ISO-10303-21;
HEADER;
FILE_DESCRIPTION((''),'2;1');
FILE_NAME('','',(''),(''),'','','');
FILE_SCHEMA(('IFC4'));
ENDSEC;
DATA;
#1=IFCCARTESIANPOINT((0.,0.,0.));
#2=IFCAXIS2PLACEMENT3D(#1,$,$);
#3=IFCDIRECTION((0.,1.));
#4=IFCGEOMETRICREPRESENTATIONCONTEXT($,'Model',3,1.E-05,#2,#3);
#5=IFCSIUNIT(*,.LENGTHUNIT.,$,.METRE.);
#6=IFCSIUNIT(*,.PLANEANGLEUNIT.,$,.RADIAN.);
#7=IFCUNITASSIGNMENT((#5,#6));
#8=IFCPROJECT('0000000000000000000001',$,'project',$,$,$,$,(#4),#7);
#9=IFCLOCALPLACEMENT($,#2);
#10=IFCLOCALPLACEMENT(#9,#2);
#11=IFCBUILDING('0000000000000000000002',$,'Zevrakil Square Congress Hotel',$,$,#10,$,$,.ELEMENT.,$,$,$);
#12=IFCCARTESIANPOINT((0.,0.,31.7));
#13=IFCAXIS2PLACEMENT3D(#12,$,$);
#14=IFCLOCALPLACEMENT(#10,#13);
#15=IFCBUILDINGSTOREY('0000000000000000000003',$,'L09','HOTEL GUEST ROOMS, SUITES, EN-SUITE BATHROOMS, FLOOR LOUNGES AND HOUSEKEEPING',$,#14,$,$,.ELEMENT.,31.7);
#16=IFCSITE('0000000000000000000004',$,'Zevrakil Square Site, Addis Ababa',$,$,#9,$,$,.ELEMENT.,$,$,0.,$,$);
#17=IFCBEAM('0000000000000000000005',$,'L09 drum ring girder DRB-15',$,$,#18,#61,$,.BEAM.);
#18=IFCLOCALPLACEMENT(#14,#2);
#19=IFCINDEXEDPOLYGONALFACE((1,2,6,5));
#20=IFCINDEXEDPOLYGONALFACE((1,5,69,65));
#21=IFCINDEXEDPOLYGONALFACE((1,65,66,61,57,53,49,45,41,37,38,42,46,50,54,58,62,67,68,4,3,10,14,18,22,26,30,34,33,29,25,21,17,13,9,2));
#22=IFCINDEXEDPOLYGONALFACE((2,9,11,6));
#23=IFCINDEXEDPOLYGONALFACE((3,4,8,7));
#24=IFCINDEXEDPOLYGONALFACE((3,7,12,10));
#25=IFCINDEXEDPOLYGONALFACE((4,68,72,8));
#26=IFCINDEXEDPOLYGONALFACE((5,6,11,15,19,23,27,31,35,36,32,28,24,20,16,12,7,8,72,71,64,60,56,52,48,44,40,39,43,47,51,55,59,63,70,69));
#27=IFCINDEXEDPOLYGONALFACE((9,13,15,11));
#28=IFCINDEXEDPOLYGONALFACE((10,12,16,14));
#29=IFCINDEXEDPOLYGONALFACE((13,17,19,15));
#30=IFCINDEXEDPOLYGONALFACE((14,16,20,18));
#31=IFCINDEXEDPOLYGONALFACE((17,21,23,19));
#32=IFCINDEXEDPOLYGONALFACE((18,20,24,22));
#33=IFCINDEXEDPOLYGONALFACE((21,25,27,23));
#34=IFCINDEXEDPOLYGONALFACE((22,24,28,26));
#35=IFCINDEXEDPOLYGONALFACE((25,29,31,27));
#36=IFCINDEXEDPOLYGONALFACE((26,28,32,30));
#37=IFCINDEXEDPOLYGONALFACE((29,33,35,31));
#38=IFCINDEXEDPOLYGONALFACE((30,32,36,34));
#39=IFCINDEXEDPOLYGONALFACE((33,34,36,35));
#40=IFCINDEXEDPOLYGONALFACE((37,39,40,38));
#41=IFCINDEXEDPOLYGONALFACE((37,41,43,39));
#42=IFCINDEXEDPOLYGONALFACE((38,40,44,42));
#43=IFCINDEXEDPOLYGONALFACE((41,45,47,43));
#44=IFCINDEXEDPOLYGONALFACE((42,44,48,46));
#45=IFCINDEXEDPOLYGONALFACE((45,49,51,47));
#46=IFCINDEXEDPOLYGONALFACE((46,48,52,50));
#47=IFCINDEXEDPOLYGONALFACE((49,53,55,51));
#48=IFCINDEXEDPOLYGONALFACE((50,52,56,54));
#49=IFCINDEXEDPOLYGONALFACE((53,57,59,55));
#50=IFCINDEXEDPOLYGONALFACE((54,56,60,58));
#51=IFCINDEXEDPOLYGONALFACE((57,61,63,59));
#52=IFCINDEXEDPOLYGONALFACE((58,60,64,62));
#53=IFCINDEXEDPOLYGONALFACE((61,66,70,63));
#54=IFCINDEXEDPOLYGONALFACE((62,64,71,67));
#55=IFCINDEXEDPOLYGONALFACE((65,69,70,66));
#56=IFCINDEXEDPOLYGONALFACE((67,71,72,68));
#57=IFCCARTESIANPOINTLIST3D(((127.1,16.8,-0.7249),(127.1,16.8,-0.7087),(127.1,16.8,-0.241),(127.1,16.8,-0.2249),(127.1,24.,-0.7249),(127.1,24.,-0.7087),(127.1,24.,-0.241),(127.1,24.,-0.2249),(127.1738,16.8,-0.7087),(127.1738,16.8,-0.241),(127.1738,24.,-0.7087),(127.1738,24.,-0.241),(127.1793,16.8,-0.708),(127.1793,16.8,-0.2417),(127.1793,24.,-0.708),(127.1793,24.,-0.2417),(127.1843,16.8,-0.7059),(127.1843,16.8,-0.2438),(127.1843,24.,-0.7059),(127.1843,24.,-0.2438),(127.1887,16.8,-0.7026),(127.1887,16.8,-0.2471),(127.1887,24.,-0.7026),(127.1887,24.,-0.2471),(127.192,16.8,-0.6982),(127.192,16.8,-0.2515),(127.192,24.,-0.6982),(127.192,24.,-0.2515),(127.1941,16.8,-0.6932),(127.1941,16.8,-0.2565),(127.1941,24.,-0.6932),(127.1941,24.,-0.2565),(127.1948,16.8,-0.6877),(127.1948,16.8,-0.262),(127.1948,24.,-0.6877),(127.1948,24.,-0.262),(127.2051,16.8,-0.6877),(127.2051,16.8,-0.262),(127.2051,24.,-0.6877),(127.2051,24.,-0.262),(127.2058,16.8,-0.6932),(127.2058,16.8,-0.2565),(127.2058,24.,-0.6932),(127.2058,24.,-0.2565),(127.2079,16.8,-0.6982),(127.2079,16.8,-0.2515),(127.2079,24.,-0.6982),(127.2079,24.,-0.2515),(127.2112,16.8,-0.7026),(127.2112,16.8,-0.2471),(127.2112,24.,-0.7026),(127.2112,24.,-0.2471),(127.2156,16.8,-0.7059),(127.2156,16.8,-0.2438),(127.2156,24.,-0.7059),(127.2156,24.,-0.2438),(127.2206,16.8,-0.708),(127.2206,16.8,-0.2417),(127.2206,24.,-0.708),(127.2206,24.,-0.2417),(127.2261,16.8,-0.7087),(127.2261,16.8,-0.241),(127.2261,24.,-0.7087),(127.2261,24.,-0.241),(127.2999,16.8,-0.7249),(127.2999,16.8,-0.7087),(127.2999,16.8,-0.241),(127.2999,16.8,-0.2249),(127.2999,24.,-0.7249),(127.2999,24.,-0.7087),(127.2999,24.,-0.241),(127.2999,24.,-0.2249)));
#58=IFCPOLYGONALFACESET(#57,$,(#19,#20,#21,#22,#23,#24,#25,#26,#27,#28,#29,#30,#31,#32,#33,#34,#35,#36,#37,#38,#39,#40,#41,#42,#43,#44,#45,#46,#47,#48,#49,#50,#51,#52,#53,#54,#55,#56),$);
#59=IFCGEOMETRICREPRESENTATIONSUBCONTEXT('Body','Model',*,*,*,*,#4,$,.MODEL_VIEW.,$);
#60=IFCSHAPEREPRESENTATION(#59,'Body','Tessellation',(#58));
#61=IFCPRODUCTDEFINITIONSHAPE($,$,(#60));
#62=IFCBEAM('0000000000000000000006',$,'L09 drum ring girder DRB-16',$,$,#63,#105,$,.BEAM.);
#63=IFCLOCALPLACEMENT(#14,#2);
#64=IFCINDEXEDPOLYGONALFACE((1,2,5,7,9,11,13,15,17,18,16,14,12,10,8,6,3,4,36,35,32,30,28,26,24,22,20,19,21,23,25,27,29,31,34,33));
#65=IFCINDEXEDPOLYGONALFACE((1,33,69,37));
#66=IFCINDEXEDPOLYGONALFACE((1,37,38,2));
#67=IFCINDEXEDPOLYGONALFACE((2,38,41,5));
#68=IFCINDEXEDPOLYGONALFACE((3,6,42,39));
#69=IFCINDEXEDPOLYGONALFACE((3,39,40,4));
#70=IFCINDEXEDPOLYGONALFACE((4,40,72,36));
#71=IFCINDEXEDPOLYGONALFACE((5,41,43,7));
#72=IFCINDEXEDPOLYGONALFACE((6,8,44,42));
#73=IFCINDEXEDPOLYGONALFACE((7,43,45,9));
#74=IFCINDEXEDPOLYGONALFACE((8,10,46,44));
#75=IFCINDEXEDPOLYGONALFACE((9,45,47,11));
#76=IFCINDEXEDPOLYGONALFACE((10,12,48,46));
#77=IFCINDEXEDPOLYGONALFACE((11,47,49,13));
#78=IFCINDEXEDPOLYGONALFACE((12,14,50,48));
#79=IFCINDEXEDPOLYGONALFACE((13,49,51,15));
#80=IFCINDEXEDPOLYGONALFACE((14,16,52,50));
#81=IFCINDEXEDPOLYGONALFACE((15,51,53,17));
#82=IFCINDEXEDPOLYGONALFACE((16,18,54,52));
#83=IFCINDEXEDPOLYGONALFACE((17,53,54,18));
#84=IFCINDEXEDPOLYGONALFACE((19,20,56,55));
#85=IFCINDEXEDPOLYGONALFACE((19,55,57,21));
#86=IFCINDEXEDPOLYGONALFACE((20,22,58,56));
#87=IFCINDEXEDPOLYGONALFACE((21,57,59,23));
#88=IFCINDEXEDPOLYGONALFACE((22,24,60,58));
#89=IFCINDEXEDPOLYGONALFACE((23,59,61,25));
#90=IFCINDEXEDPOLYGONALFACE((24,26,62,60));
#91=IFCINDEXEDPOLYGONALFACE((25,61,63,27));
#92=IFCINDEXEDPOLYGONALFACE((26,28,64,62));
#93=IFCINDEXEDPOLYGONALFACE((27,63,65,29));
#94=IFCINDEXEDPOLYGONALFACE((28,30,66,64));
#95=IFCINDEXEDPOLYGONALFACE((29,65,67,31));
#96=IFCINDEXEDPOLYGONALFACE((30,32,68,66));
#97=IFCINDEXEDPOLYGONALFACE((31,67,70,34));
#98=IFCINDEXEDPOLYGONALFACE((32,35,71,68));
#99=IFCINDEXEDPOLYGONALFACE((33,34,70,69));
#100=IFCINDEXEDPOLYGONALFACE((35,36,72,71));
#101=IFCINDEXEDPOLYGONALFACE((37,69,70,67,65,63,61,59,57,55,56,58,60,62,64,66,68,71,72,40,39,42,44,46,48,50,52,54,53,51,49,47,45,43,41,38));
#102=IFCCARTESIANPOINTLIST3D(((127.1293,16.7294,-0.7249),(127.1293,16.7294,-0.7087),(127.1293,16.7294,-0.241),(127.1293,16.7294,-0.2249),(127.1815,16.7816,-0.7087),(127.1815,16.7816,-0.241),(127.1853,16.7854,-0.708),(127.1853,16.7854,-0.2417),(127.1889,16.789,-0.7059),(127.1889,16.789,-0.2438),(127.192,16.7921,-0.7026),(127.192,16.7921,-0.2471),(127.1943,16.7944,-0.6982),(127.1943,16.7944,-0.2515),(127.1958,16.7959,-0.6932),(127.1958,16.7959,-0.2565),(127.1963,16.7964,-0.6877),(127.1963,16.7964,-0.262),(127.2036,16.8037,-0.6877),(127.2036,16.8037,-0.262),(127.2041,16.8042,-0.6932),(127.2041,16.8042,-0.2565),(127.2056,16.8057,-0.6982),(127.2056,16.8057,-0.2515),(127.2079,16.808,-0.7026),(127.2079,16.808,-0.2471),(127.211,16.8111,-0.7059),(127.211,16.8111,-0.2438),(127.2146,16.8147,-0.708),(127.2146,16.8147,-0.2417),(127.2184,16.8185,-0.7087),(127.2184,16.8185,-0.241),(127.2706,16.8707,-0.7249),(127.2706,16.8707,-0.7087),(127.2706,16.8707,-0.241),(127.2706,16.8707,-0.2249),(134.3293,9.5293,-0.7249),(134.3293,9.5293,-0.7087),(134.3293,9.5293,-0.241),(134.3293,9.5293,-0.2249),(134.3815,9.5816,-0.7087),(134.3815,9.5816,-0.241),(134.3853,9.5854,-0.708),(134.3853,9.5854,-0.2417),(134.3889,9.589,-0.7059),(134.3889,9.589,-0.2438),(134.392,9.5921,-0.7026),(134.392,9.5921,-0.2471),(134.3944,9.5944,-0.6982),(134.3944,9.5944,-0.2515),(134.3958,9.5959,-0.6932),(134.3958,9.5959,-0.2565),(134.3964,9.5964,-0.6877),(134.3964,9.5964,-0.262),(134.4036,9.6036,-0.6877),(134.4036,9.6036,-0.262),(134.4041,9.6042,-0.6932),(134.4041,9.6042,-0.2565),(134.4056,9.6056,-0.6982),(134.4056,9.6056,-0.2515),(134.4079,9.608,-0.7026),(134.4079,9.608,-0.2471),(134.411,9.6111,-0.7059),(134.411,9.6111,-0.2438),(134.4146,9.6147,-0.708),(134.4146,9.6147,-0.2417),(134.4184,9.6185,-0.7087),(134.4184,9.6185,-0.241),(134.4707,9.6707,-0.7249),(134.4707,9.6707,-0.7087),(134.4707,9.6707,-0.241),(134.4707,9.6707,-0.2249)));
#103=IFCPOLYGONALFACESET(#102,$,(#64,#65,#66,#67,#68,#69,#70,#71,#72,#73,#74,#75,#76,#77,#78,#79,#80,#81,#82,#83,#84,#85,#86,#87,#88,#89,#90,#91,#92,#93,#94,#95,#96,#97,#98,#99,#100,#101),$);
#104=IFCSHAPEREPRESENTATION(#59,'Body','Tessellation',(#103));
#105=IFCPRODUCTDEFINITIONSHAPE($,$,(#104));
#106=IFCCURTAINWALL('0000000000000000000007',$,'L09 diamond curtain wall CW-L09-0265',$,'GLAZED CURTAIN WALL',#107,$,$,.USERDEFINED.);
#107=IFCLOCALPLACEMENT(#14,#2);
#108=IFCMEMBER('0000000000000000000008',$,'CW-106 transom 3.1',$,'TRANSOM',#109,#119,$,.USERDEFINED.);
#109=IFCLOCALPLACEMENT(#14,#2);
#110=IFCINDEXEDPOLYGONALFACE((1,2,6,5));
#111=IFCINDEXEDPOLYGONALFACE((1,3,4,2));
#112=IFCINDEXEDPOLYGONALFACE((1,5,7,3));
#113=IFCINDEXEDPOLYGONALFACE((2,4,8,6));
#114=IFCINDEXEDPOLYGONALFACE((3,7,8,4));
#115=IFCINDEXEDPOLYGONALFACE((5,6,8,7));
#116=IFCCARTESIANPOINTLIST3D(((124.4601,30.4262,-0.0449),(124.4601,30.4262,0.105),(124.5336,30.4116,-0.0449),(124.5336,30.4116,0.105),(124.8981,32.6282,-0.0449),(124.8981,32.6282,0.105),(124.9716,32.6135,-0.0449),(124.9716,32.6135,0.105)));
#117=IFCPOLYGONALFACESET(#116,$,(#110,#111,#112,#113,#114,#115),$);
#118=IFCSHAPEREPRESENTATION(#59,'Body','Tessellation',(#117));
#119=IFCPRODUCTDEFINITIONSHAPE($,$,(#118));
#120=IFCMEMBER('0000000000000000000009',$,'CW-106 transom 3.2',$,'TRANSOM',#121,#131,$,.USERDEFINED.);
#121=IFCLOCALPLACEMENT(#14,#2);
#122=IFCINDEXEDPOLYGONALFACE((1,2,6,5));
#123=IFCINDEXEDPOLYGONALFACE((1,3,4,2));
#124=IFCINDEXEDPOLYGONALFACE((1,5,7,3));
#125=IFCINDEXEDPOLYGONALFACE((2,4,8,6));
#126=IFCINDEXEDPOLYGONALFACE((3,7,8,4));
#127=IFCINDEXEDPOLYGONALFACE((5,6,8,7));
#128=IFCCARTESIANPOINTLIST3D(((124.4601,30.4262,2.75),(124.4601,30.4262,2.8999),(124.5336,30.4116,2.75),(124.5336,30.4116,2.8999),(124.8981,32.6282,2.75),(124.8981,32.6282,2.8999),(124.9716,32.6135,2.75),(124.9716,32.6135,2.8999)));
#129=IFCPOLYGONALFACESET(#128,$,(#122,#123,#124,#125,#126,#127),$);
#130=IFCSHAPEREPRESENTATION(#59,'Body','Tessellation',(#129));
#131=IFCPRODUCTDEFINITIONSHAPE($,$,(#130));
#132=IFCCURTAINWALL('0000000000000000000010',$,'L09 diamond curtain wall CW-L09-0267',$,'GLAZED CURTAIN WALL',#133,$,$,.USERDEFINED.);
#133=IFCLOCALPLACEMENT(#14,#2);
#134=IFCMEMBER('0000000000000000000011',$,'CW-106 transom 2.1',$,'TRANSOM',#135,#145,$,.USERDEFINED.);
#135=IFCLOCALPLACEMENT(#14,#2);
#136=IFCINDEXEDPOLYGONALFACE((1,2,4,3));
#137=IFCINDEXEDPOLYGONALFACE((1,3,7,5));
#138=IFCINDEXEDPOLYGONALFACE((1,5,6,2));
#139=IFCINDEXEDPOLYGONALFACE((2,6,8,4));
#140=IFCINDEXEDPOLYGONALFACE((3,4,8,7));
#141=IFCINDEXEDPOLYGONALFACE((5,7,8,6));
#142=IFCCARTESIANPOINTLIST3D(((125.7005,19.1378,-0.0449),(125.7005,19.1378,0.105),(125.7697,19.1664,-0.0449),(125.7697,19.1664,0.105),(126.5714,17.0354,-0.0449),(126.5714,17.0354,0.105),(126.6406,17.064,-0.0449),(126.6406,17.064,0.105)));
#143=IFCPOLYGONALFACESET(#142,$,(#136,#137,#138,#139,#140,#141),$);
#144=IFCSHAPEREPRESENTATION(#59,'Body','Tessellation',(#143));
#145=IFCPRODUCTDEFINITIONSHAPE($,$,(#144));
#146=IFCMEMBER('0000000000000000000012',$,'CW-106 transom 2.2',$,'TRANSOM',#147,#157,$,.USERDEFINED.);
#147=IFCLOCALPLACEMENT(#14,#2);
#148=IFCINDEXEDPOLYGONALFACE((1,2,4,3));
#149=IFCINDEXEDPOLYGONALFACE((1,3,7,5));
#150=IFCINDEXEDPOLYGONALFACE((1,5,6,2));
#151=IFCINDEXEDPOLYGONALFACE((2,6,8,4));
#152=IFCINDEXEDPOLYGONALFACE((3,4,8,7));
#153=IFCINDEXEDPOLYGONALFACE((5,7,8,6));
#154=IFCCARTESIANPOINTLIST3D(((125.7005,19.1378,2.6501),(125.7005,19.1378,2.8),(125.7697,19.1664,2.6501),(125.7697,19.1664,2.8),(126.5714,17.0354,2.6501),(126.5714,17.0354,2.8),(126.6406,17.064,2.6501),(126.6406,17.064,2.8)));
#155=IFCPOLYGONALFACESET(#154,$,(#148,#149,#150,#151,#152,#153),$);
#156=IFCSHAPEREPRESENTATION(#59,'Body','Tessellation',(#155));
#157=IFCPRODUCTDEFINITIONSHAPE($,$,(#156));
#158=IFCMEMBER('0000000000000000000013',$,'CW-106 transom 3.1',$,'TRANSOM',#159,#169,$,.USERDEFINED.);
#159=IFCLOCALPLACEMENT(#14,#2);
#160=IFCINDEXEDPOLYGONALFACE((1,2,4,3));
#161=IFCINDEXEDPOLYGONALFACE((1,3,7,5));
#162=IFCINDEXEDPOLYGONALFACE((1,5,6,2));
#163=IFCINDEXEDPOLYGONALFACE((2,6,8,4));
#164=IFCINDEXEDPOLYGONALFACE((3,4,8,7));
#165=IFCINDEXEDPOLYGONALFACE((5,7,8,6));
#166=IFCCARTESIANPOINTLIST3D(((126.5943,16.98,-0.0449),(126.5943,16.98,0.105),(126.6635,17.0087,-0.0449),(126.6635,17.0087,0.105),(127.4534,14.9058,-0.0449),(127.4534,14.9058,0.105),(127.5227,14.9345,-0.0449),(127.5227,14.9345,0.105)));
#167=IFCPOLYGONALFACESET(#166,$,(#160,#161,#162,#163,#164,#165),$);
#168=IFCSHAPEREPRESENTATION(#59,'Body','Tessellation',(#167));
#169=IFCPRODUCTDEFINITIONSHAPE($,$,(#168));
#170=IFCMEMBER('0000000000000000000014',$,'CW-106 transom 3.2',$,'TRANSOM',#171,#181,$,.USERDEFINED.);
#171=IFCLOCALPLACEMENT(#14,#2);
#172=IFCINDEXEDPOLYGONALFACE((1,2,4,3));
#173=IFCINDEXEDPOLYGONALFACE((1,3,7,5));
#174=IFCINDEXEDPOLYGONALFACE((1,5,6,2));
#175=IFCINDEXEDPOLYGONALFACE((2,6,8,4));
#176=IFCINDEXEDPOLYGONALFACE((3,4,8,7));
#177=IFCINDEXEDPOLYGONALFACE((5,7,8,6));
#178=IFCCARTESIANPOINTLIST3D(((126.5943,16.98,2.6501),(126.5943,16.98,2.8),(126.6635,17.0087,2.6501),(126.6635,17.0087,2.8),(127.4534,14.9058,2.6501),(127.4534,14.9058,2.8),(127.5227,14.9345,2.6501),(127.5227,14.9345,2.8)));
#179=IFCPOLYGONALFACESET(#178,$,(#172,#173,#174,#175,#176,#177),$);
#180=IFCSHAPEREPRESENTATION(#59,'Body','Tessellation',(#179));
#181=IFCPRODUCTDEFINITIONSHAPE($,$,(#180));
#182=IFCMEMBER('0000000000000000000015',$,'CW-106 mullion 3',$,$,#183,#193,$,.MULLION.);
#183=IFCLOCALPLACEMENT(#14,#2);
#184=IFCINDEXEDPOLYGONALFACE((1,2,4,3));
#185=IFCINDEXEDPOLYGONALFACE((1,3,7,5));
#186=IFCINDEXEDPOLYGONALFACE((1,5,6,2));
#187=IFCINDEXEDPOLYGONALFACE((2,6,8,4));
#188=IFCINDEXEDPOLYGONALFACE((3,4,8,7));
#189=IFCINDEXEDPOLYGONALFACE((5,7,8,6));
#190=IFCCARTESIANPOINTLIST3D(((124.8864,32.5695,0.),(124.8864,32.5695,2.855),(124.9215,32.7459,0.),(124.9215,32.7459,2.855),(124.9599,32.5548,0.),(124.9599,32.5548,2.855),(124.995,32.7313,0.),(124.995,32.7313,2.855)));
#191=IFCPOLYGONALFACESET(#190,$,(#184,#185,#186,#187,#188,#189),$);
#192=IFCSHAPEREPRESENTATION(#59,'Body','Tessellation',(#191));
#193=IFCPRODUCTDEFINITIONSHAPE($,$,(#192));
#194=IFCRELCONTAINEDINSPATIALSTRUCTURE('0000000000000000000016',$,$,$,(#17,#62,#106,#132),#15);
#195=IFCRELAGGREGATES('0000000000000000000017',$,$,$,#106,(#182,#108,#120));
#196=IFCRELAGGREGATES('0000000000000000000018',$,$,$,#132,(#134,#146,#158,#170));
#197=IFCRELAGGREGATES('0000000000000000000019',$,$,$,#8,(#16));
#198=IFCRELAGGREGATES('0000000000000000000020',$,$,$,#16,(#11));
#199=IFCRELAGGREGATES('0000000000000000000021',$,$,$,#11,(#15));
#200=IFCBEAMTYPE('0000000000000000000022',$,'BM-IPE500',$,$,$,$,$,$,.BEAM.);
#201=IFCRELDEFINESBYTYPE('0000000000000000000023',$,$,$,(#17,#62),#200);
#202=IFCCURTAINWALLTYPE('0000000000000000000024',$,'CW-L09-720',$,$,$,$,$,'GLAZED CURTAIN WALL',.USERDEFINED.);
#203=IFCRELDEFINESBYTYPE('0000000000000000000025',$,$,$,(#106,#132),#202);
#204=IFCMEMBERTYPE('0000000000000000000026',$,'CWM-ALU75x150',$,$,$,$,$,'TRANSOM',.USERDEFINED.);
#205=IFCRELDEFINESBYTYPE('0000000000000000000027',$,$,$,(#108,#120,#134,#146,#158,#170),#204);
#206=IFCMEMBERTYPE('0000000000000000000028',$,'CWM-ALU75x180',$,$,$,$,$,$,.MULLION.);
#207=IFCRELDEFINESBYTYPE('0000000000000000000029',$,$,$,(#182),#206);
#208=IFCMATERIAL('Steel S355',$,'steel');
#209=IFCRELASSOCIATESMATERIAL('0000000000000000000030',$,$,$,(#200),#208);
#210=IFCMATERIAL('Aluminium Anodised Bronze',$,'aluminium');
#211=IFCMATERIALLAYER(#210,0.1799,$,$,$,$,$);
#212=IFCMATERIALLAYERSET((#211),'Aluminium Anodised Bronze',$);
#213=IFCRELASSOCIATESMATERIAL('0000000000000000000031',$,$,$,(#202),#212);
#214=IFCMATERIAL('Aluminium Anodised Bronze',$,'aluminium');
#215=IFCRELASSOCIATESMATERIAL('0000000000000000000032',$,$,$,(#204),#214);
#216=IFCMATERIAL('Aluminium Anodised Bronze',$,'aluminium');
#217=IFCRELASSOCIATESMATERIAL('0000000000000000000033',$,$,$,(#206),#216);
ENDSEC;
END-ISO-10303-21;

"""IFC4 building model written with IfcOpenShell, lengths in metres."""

from ifc_helpers import new_model, si_unit, direction, frame, origin, origin_2d, place, context, subcontext, project, spatial, rectangle, i_section, extrude, material, layer, layer_set, material_profile, profile_set, type_object, element, aggregate, save


model = new_model("IFC4")

# Units and contexts
model_context = context("Model", 3, precision=1e-05, world=origin(), true_north=direction((0.0, 1.0)))
body_context = subcontext(model_context, "Body", "Model", "MODEL_VIEW")
ifc_project = project(units=[si_unit("LENGTHUNIT", "METRE"), si_unit("PLANEANGLEUNIT", "RADIAN")], contexts=[model_context])

# Site, building, storey
site_placement = place(None, origin())
site = spatial("IfcSite", under=ifc_project, at=site_placement, Name="Zevrakil Square Site, Addis Ababa", CompositionType="ELEMENT", RefElevation=0.0)
building_placement = place(site_placement, origin())
building = spatial("IfcBuilding", under=site, at=building_placement, Name="Zevrakil Square Congress Hotel", CompositionType="ELEMENT")
storey_placement = place(building_placement, frame((0.0, 0.0, 31.7)))
storey = spatial("IfcBuildingStorey", under=building, at=storey_placement, Name="L09", Description="HOTEL GUEST ROOMS, SUITES, EN-SUITE BATHROOMS, FLOOR LOUNGES AND HOUSEKEEPING", CompositionType="ELEMENT", Elevation=31.7)

# Beams
ifc_material_1 = material(Name="Steel S355", Category="steel")
ifc_material_profile_1 = material_profile(ifc_material_1, i_section(OverallWidth=0.2, OverallDepth=0.5, WebThickness=0.0103, FlangeThickness=0.0161, FilletRadius=0.021, at=origin_2d()), Name="IPE 500")
ifc_profile_set_1 = profile_set([ifc_material_profile_1], Name="Steel S355")
beam_type = type_object("IfcBeamType", Name="BM-IPE500", PredefinedType="BEAM", material=ifc_profile_set_1)
for number, where, z_axis, x_axis, name in (
    (1, (127.2, 24.0, -0.4749), (0.0, -1.0, 0.0), (1.0, 0.0, 0.0), "L09 drum ring girder DRB-15"),
):
    element("IfcBeam", number, at=place(storey_placement, frame(where, z_axis=z_axis, x_axis=x_axis)), inside=storey, type_object=beam_type, Name=name, PredefinedType="BEAM", context=body_context, shape_type="SweptSolid", body=[
        extrude(i_section(OverallWidth=0.2, OverallDepth=0.5, WebThickness=0.0103, FlangeThickness=0.0161, FilletRadius=0.021, at=origin_2d()), origin(), (0.0, 0.0, 1.0), 7.2),
    ])
beam_placement = place(storey_placement, frame((127.2, 16.8, -0.4749), z_axis=(0.707107, -0.707107, 0.0), x_axis=(0.707107, 0.707107, 0.0)))
element("IfcBeam", 2, at=beam_placement, inside=storey, type_object=beam_type, Name="L09 drum ring girder DRB-16", PredefinedType="BEAM", context=body_context, shape_type="SweptSolid", body=[
    extrude(i_section(OverallWidth=0.2, OverallDepth=0.5, WebThickness=0.0103, FlangeThickness=0.0161, FilletRadius=0.021, at=origin_2d()), origin(), (0.0, 0.0, 1.0), 10.1824),
])

# Curtain walls, members
ifc_material_2 = material(Name="Aluminium Anodised Bronze", Category="aluminium")
ifc_layer_1 = layer(ifc_material_2, 0.1799)
ifc_layer_set_1 = layer_set([ifc_layer_1], Name="Aluminium Anodised Bronze")
curtain_wall_type = type_object("IfcCurtainWallType", Name="CW-L09-720", ElementType="GLAZED CURTAIN WALL", PredefinedType="USERDEFINED", material=ifc_layer_set_1)
curtain_wall_1_placement = place(storey_placement, origin())
curtain_wall_1 = element("IfcCurtainWall", 3, at=curtain_wall_1_placement, inside=storey, type_object=curtain_wall_type, Name="L09 diamond curtain wall CW-L09-0265", ObjectType="GLAZED CURTAIN WALL", PredefinedType="USERDEFINED")
ifc_material_3 = material(Name="Aluminium Anodised Bronze", Category="aluminium")
ifc_material_profile_2 = material_profile(ifc_material_3, rectangle(XDim=0.075, YDim=0.1499, at=origin_2d()), Name="ALU 75x150")
ifc_profile_set_2 = profile_set([ifc_material_profile_2], Name="Aluminium Anodised Bronze")
member_type_1 = type_object("IfcMemberType", Name="CWM-ALU75x150", ElementType="TRANSOM", PredefinedType="USERDEFINED", material=ifc_profile_set_2)
member_1_placement = place(storey_placement, frame((124.9348, 32.6208, 0.03), z_axis=(-0.195091, -0.980785, 0.0), x_axis=(0.980785, -0.195091, 0.0)))
member_1 = element("IfcMember", 4, at=member_1_placement, type_object=member_type_1, Name="CW-106 transom 3.1", ObjectType="TRANSOM", PredefinedType="USERDEFINED", context=body_context, shape_type="SweptSolid", body=[
    extrude(rectangle(XDim=0.075, YDim=0.1499, at=origin_2d()), origin(), (0.0, 0.0, 1.0), 2.2451),
])
member_2_placement = place(storey_placement, frame((124.9348, 32.6208, 2.825), z_axis=(-0.195091, -0.980785, 0.0), x_axis=(0.980785, -0.195091, 0.0)))
member_2 = element("IfcMember", 5, at=member_2_placement, type_object=member_type_1, Name="CW-106 transom 3.2", ObjectType="TRANSOM", PredefinedType="USERDEFINED", context=body_context, shape_type="SweptSolid", body=[
    extrude(rectangle(XDim=0.075, YDim=0.1499, at=origin_2d()), origin(), (0.0, 0.0, 1.0), 2.2451),
])
curtain_wall_2_placement = place(storey_placement, origin())
curtain_wall_2 = element("IfcCurtainWall", 6, at=curtain_wall_2_placement, inside=storey, type_object=curtain_wall_type, Name="L09 diamond curtain wall CW-L09-0267", ObjectType="GLAZED CURTAIN WALL", PredefinedType="USERDEFINED")
member_3_placement = place(storey_placement, frame((125.7351, 19.1521, 0.03), z_axis=(0.382702, -0.923872, 0.0), x_axis=(0.923872, 0.382702, 0.0)))
member_3 = element("IfcMember", 7, at=member_3_placement, type_object=member_type_1, Name="CW-106 transom 2.1", ObjectType="TRANSOM", PredefinedType="USERDEFINED", context=body_context, shape_type="SweptSolid", body=[
    extrude(rectangle(XDim=0.075, YDim=0.1499, at=origin_2d()), origin(), (0.0, 0.0, 1.0), 2.2756),
])
member_4_placement = place(storey_placement, frame((125.7351, 19.1521, 2.7251), z_axis=(0.382702, -0.923872, 0.0), x_axis=(0.923872, 0.382702, 0.0)))
member_4 = element("IfcMember", 8, at=member_4_placement, type_object=member_type_1, Name="CW-106 transom 2.2", ObjectType="TRANSOM", PredefinedType="USERDEFINED", context=body_context, shape_type="SweptSolid", body=[
    extrude(rectangle(XDim=0.075, YDim=0.1499, at=origin_2d()), origin(), (0.0, 0.0, 1.0), 2.2756),
])
member_5_placement = place(storey_placement, frame((126.6289, 16.9944, 0.03), z_axis=(0.382669, -0.923886, 0.0), x_axis=(0.923886, 0.382669, 0.0)))
member_5 = element("IfcMember", 9, at=member_5_placement, type_object=member_type_1, Name="CW-106 transom 3.1", ObjectType="TRANSOM", PredefinedType="USERDEFINED", context=body_context, shape_type="SweptSolid", body=[
    extrude(rectangle(XDim=0.075, YDim=0.1499, at=origin_2d()), origin(), (0.0, 0.0, 1.0), 2.2451),
])
member_6_placement = place(storey_placement, frame((126.6289, 16.9944, 2.7251), z_axis=(0.382669, -0.923886, 0.0), x_axis=(0.923886, 0.382669, 0.0)))
member_6 = element("IfcMember", 10, at=member_6_placement, type_object=member_type_1, Name="CW-106 transom 3.2", ObjectType="TRANSOM", PredefinedType="USERDEFINED", context=body_context, shape_type="SweptSolid", body=[
    extrude(rectangle(XDim=0.075, YDim=0.1499, at=origin_2d()), origin(), (0.0, 0.0, 1.0), 2.2451),
])

# Member
ifc_material_4 = material(Name="Aluminium Anodised Bronze", Category="aluminium")
ifc_material_profile_3 = material_profile(ifc_material_4, rectangle(XDim=0.075, YDim=0.1799, at=origin_2d()), Name="ALU 75x180")
ifc_profile_set_3 = profile_set([ifc_material_profile_3], Name="Aluminium Anodised Bronze")
member_type_2 = type_object("IfcMemberType", Name="CWM-ALU75x180", PredefinedType="MULLION", material=ifc_profile_set_3)
member_7_placement = place(storey_placement, frame((124.9407, 32.6504, 0.0), z_axis=(0.0, 0.0, 1.0), x_axis=(0.980787, -0.195084, 0.0)))
member_7 = element("IfcMember", 11, at=member_7_placement, type_object=member_type_2, Name="CW-106 mullion 3", PredefinedType="MULLION", context=body_context, shape_type="SweptSolid", body=[
    extrude(rectangle(XDim=0.075, YDim=0.1799, at=origin_2d()), origin(), (0.0, 0.0, 1.0), 2.855),
])
aggregate(curtain_wall_1, [member_7, member_1, member_2])

aggregate(curtain_wall_2, [member_3, member_4, member_5, member_6])

save(model, "model.ifc")
